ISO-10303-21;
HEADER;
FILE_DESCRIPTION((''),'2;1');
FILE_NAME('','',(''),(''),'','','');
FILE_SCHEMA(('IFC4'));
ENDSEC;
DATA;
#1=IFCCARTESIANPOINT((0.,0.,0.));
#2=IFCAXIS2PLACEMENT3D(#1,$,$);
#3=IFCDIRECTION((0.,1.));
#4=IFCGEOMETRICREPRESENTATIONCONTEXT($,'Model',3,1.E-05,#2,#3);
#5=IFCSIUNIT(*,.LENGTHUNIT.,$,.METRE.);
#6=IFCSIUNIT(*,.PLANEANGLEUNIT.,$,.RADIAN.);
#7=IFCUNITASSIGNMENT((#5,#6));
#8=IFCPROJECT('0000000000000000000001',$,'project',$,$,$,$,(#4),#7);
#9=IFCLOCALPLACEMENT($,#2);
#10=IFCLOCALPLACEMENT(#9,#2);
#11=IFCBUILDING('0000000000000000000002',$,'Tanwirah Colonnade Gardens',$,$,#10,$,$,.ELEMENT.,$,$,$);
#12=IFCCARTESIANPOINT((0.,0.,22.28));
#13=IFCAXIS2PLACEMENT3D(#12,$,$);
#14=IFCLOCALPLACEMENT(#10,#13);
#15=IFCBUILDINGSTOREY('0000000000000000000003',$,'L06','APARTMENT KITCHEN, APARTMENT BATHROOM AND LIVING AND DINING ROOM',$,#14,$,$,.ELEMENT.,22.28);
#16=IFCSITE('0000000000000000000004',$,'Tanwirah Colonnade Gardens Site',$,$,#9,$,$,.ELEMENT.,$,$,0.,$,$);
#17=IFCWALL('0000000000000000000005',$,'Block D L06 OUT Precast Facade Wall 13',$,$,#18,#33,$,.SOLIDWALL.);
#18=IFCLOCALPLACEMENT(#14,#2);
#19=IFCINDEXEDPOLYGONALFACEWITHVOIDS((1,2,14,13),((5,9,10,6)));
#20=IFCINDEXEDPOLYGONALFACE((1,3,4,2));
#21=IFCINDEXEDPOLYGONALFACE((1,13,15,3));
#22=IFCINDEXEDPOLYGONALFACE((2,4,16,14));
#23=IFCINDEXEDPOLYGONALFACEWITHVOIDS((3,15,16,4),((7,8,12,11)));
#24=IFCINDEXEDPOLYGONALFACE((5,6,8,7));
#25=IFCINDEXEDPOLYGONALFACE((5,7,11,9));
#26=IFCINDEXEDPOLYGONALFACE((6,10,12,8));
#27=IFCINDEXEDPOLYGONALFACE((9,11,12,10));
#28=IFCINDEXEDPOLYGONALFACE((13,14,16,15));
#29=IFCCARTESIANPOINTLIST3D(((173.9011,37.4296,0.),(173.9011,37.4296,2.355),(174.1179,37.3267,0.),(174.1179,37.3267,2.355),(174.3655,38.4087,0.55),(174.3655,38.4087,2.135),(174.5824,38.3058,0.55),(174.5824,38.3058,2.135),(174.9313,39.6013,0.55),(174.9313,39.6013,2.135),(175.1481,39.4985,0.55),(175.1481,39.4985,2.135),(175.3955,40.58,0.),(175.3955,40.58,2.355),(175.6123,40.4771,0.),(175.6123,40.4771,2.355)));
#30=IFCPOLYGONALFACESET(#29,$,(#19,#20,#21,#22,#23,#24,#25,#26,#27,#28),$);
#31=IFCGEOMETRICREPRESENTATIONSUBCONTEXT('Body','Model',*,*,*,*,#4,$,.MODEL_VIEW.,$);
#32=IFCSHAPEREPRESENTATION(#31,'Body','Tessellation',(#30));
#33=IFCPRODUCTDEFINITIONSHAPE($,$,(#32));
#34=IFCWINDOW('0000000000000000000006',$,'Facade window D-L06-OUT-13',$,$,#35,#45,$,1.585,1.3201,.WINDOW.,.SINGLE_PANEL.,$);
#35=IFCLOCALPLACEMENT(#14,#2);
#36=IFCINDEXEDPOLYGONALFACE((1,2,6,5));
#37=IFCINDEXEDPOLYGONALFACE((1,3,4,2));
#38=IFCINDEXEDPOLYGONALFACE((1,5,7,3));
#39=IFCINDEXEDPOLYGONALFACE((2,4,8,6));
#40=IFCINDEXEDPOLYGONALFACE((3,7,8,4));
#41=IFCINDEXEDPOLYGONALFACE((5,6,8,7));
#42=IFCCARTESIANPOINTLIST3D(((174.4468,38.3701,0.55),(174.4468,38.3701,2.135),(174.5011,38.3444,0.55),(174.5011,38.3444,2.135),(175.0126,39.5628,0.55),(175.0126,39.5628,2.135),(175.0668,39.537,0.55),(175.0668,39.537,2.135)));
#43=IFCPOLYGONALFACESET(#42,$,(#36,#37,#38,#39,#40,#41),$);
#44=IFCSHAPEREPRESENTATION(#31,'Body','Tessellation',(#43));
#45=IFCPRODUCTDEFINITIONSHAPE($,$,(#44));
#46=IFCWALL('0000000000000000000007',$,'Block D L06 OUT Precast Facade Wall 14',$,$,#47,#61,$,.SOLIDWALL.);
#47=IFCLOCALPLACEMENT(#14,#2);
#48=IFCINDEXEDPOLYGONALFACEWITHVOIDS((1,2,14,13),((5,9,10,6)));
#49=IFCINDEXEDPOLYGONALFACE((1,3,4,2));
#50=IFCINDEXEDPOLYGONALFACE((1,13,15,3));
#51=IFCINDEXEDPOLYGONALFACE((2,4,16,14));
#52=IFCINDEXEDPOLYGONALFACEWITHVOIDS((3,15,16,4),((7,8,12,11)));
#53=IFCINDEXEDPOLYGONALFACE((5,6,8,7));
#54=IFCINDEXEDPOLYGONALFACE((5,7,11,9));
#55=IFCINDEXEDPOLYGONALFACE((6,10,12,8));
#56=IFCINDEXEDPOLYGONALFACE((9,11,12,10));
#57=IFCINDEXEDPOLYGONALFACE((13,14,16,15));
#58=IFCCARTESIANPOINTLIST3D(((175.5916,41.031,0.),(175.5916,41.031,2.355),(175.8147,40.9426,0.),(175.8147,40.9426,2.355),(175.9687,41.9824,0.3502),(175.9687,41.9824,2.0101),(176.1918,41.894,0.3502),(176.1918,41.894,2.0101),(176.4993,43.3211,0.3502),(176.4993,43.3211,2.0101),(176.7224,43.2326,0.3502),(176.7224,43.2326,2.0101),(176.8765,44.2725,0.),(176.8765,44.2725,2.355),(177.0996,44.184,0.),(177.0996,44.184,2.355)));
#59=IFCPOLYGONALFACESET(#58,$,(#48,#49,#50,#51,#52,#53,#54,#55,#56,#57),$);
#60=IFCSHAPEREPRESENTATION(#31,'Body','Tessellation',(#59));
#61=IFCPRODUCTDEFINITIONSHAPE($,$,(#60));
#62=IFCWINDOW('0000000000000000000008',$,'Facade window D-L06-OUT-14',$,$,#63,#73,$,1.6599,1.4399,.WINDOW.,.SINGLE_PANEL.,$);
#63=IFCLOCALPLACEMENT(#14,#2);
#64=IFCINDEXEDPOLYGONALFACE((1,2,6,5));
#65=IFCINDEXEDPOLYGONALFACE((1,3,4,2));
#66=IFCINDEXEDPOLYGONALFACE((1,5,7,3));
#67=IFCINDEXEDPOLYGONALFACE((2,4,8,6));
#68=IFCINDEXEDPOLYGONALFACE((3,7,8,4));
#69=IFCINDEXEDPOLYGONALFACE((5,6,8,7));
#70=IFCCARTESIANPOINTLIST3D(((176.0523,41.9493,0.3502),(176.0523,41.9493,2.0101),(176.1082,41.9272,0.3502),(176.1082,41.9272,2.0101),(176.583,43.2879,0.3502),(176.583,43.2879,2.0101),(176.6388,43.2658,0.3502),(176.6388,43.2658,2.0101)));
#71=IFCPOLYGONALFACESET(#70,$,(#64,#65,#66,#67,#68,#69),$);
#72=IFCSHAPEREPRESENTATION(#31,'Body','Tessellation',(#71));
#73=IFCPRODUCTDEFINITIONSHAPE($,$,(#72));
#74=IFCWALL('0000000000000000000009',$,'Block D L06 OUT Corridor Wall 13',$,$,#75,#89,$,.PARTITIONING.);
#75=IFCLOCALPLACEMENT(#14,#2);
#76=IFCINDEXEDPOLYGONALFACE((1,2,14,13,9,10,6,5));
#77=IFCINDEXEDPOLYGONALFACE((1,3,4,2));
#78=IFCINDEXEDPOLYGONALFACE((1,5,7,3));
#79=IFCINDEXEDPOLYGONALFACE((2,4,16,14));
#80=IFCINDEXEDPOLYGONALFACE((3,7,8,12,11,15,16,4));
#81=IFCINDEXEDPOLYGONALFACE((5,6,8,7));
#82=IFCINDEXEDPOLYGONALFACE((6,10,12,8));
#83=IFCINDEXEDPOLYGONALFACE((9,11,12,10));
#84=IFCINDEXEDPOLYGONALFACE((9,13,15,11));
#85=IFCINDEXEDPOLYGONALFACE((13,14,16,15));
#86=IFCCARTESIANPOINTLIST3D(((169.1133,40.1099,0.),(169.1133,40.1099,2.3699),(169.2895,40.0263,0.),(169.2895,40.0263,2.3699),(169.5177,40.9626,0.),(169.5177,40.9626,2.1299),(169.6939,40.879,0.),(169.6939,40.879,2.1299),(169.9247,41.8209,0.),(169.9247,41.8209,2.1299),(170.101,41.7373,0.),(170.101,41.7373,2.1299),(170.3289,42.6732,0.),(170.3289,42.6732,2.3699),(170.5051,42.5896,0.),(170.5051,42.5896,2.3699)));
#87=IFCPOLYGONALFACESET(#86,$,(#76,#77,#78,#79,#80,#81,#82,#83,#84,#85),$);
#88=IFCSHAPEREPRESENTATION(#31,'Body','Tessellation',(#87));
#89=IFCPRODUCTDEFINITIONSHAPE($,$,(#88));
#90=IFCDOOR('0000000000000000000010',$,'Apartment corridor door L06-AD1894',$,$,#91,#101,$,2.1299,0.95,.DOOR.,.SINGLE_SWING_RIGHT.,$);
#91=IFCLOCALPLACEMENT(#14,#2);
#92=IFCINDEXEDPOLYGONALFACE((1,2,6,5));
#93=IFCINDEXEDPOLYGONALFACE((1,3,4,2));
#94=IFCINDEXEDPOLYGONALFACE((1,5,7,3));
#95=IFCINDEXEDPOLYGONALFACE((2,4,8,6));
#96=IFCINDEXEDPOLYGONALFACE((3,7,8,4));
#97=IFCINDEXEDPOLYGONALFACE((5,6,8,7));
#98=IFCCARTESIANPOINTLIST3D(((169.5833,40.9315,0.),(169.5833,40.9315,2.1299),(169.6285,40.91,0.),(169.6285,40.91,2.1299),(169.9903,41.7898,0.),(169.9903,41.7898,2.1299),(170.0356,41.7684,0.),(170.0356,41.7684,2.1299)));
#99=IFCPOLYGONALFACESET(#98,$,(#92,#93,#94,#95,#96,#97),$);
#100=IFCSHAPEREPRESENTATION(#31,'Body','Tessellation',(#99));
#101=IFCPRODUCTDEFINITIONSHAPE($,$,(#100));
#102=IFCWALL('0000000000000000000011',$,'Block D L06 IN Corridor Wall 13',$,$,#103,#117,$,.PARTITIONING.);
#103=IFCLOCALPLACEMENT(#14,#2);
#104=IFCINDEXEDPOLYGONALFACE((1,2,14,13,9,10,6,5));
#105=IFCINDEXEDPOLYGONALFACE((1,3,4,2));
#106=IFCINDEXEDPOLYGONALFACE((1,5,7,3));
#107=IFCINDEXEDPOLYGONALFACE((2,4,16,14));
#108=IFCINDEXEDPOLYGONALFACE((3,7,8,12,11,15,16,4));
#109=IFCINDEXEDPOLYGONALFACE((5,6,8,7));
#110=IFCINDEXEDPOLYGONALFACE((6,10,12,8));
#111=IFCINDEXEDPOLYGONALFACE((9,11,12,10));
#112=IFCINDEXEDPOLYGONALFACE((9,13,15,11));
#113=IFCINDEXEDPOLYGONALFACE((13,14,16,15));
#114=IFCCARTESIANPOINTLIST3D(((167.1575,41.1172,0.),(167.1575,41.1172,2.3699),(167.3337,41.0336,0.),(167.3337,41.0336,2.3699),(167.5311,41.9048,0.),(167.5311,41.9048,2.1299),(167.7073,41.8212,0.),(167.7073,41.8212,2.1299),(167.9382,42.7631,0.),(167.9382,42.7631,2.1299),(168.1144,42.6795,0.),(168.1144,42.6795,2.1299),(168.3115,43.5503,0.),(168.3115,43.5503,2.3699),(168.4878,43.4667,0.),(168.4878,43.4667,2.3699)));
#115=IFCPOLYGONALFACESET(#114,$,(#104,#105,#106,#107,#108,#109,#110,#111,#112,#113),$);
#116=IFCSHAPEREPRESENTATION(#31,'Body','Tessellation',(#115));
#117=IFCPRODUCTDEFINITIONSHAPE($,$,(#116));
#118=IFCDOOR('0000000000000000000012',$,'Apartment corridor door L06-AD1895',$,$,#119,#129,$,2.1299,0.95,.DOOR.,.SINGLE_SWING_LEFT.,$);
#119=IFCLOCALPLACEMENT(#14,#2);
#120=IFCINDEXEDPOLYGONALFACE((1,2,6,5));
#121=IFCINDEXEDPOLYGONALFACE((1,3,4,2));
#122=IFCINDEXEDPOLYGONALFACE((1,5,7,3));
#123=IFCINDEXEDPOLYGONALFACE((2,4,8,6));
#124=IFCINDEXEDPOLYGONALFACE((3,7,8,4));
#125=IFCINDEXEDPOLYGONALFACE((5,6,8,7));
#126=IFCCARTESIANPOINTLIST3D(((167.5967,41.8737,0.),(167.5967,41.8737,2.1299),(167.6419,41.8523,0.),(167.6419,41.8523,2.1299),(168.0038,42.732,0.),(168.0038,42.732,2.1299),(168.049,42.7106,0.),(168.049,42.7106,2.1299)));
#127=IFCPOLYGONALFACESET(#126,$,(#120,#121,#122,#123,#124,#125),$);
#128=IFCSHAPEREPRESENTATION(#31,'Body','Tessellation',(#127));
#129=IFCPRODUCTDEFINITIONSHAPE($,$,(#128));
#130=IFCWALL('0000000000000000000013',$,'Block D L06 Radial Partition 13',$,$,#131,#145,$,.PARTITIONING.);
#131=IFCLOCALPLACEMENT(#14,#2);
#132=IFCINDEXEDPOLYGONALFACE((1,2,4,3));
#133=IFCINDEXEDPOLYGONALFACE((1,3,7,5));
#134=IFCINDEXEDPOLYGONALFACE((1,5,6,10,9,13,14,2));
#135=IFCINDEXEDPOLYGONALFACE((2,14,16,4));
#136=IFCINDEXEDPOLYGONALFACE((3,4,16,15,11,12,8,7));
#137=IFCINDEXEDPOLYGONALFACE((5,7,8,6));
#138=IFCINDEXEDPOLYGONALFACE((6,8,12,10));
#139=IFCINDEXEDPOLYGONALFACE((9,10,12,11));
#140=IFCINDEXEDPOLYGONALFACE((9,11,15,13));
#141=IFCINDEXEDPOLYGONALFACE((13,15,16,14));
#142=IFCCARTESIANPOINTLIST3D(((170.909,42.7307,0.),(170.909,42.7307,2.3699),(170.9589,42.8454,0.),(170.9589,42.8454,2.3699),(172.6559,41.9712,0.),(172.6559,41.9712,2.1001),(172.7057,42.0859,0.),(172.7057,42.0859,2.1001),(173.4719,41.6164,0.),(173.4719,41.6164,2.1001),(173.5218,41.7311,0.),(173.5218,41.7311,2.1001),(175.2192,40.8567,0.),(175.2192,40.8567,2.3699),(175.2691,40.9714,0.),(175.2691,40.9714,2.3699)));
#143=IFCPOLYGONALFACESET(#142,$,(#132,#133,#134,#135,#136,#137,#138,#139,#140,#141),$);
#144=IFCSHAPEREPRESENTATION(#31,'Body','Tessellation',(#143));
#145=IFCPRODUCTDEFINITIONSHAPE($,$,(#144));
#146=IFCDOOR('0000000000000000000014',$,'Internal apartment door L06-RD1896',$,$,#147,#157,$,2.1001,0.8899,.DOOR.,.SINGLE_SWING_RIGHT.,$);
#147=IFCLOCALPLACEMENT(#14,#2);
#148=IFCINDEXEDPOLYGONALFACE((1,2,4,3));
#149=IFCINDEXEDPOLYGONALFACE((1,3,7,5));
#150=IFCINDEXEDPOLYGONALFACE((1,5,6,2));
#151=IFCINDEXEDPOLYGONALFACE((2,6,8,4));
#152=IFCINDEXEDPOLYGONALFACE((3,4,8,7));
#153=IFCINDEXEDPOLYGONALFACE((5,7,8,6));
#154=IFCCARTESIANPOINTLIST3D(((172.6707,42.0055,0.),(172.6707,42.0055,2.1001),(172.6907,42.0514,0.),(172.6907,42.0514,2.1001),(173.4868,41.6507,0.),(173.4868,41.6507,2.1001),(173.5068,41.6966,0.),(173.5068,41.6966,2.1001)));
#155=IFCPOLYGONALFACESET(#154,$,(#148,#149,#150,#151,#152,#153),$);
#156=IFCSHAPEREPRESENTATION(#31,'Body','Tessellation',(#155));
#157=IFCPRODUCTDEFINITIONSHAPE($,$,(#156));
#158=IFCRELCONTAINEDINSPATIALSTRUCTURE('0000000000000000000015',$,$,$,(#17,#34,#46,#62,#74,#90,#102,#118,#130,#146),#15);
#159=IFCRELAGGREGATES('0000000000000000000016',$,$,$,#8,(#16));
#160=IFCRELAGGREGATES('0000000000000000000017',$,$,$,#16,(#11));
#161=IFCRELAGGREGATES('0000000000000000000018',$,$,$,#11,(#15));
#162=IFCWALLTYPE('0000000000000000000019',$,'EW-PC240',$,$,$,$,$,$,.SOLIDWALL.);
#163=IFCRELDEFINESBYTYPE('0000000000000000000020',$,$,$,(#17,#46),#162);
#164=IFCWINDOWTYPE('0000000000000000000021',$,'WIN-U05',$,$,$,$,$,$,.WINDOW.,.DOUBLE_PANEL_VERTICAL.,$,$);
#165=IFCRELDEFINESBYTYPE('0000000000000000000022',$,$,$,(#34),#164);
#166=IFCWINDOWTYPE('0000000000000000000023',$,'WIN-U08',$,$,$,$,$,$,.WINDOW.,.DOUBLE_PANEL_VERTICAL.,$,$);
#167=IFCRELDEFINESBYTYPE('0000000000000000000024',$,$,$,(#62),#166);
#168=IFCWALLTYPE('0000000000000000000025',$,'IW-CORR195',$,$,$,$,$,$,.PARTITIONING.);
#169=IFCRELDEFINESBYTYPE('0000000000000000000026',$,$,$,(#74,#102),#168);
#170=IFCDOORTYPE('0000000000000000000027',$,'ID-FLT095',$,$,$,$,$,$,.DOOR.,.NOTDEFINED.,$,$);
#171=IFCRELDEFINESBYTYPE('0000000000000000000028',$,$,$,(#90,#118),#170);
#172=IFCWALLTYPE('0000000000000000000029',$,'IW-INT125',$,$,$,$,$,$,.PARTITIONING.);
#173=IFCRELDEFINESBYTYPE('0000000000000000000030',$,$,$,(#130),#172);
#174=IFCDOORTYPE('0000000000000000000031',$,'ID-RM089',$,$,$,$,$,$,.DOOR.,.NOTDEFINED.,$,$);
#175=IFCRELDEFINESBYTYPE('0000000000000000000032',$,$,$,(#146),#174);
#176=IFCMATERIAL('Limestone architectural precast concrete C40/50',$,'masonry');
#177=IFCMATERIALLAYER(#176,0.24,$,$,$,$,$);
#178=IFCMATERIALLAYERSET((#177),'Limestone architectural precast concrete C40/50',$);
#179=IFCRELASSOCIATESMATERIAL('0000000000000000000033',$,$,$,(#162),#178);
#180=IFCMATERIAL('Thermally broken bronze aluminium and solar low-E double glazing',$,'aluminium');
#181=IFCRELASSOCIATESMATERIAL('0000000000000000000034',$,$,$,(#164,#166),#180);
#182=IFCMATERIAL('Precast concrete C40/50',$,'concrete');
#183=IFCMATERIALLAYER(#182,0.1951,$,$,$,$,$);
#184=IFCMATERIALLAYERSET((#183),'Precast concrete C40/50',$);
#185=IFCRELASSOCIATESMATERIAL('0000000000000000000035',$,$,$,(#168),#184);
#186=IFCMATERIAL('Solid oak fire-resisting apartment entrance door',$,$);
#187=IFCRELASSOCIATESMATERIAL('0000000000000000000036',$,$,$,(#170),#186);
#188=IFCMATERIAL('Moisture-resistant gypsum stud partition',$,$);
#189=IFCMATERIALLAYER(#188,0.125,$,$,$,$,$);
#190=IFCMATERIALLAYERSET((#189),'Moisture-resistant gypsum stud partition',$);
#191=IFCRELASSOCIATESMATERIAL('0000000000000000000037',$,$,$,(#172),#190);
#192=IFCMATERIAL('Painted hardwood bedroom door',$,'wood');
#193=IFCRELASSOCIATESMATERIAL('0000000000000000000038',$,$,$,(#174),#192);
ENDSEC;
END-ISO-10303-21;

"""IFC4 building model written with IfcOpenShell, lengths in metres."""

from ifc_helpers import new_model, si_unit, direction, frame, frame_2d, origin, place, context, subcontext, project, spatial, rectangle, extrude, material, layer, layer_set, type_object, element, fill, save


model = new_model("IFC4")

# Units and contexts
model_context = context("Model", 3, precision=1e-05, world=origin(), true_north=direction((0.0, 1.0)))
body_context = subcontext(model_context, "Body", "Model", "MODEL_VIEW")
ifc_project = project(units=[si_unit("LENGTHUNIT", "METRE"), si_unit("PLANEANGLEUNIT", "RADIAN")], contexts=[model_context])

# Site, building, storey
site_placement = place(None, origin())
site = spatial("IfcSite", under=ifc_project, at=site_placement, Name="Tanwirah Colonnade Gardens Site", CompositionType="ELEMENT", RefElevation=0.0)
building_placement = place(site_placement, origin())
building = spatial("IfcBuilding", under=site, at=building_placement, Name="Tanwirah Colonnade Gardens", CompositionType="ELEMENT")
storey_placement = place(building_placement, frame((0.0, 0.0, 22.28)))
storey = spatial("IfcBuildingStorey", under=building, at=storey_placement, Name="L06", Description="APARTMENT KITCHEN, APARTMENT BATHROOM AND LIVING AND DINING ROOM", CompositionType="ELEMENT", Elevation=22.28)

# Shared definitions
ifc_material_1 = material(Name="Precast concrete C40/50", Category="concrete")

# Walls, openings, windows
ifc_material_2 = material(Name="Limestone architectural precast concrete C40/50", Category="masonry")
ifc_layer_1 = layer(ifc_material_2, 0.24)
ifc_layer_set_1 = layer_set([ifc_layer_1], Name="Limestone architectural precast concrete C40/50")
wall_type_1 = type_object("IfcWallType", Name="EW-PC240", PredefinedType="SOLIDWALL", material=ifc_layer_set_1)
wall_1_placement = place(storey_placement, frame((174.0095, 37.3782, 0.0), z_axis=(0.0, 0.0, 1.0), x_axis=(0.428577, 0.903505, 0.0)))
wall_1 = element("IfcWall", 1, at=wall_1_placement, inside=storey, type_object=wall_type_1, Name="Block D L06 OUT Precast Facade Wall 13", PredefinedType="SOLIDWALL", context=body_context, shape_type="SweptSolid", body=[
    extrude(rectangle(XDim=3.4868, YDim=0.24, at=frame_2d((1.7434, 0.0))), origin(), (0.0, 0.0, 1.0), 2.355),
])
opening_1_placement = place(wall_1_placement, frame((1.0835, 0.0, 0.55)))
opening_1 = element("IfcOpeningElement", 2, at=opening_1_placement, cuts=wall_1, PredefinedType="OPENING", context=body_context, shape_type="SweptSolid", body=[
    extrude(rectangle(XDim=1.3201, YDim=1.585, at=frame_2d((0.6602, 0.7925))), frame((0.0, 0.1299, 0.0), z_axis=(0.0, -1.0, 0.0), x_axis=(1.0, 0.0, 0.0)), (0.0, 0.0, 1.0), 0.26),
])
ifc_material_3 = material(Name="Thermally broken bronze aluminium and solar low-E double glazing", Category="aluminium")
window_type_1 = type_object("IfcWindowType", Name="WIN-U05", PartitioningType="DOUBLE_PANEL_VERTICAL", PredefinedType="WINDOW", material=ifc_material_3)
window_1_placement = place(opening_1_placement, origin())
window_1 = element("IfcWindow", 3, at=window_1_placement, inside=storey, type_object=window_type_1, Name="Facade window D-L06-OUT-13", OverallHeight=1.585, OverallWidth=1.3201, PartitioningType="SINGLE_PANEL", PredefinedType="WINDOW", context=body_context, shape_type="SweptSolid", body=[
    extrude(rectangle(XDim=1.3201, YDim=1.585, at=frame_2d((0.6602, 0.7925))), frame((0.0, 0.03, 0.0), z_axis=(0.0, -1.0, 0.0), x_axis=(1.0, 0.0, 0.0)), (0.0, 0.0, 1.0), 0.0601),
])
fill(opening_1, window_1)
wall_2_placement = place(storey_placement, frame((175.7031, 40.9868, 0.0), z_axis=(0.0, 0.0, 1.0), x_axis=(0.368504, 0.929626, 0.0)))
wall_2 = element("IfcWall", 4, at=wall_2_placement, inside=storey, type_object=wall_type_1, Name="Block D L06 OUT Precast Facade Wall 14", PredefinedType="SOLIDWALL", context=body_context, shape_type="SweptSolid", body=[
    extrude(rectangle(XDim=3.4868, YDim=0.24, at=frame_2d((1.7434, 0.0))), origin(), (0.0, 0.0, 1.0), 2.355),
])
opening_2_placement = place(wall_2_placement, frame((1.0234, 0.0, 0.3501)))
opening_2 = element("IfcOpeningElement", 5, at=opening_2_placement, cuts=wall_2, PredefinedType="OPENING", context=body_context, shape_type="SweptSolid", body=[
    extrude(rectangle(XDim=1.4399, YDim=1.6599, at=frame_2d((0.72, 0.8301))), frame((0.0, 0.1299, 0.0), z_axis=(0.0, -1.0, 0.0), x_axis=(1.0, 0.0, 0.0)), (0.0, 0.0, 1.0), 0.26),
])
window_type_2 = type_object("IfcWindowType", Name="WIN-U08", PartitioningType="DOUBLE_PANEL_VERTICAL", PredefinedType="WINDOW", material=ifc_material_3)
window_2_placement = place(opening_2_placement, origin())
window_2 = element("IfcWindow", 6, at=window_2_placement, inside=storey, type_object=window_type_2, Name="Facade window D-L06-OUT-14", OverallHeight=1.6599, OverallWidth=1.4399, PartitioningType="SINGLE_PANEL", PredefinedType="WINDOW", context=body_context, shape_type="SweptSolid", body=[
    extrude(rectangle(XDim=1.4399, YDim=1.6599, at=frame_2d((0.72, 0.8301))), frame((0.0, 0.03, 0.0), z_axis=(0.0, -1.0, 0.0), x_axis=(1.0, 0.0, 0.0)), (0.0, 0.0, 1.0), 0.0601),
])
fill(opening_2, window_2)

# Walls, openings, doors
ifc_layer_2 = layer(ifc_material_1, 0.1951)
ifc_layer_set_2 = layer_set([ifc_layer_2], Name="Precast concrete C40/50")
wall_type_2 = type_object("IfcWallType", Name="IW-CORR195", PredefinedType="PARTITIONING", material=ifc_layer_set_2)
ifc_material_4 = material(Name="Solid oak fire-resisting apartment entrance door")
wall_3_placement = place(storey_placement, frame((169.2014, 40.0681, 0.0), z_axis=(0.0, 0.0, 1.0), x_axis=(0.428493, 0.903545, 0.0)))
wall_3 = element("IfcWall", 7, at=wall_3_placement, inside=storey, type_object=wall_type_2, Name="Block D L06 OUT Corridor Wall 13", PredefinedType="PARTITIONING", context=body_context, shape_type="SweptSolid", body=[
    extrude(rectangle(XDim=2.8369, YDim=0.1951, at=frame_2d((1.4185, 0.0))), origin(), (0.0, 0.0, 1.0), 2.3699),
])
opening_3_placement = place(wall_3_placement, frame((0.9436, 0.0, 0.0)))
opening_3 = element("IfcOpeningElement", 8, at=opening_3_placement, cuts=wall_3, PredefinedType="OPENING", context=body_context, shape_type="SweptSolid", body=[
    extrude(rectangle(XDim=0.95, YDim=2.1299, at=frame_2d((0.4751, 1.0649))), frame((0.0, 0.1074, 0.0), z_axis=(0.0, -1.0, 0.0), x_axis=(1.0, 0.0, 0.0)), (0.0, 0.0, 1.0), 0.2151),
])
door_type_1 = type_object("IfcDoorType", Name="ID-FLT095", OperationType="NOTDEFINED", PredefinedType="DOOR", material=ifc_material_4)
door_1_placement = place(opening_3_placement, origin())
door_1 = element("IfcDoor", 9, at=door_1_placement, inside=storey, type_object=door_type_1, Name="Apartment corridor door L06-AD1894", OperationType="SINGLE_SWING_RIGHT", OverallHeight=2.1299, OverallWidth=0.95, PredefinedType="DOOR", context=body_context, shape_type="SweptSolid", body=[
    extrude(rectangle(XDim=0.95, YDim=2.1299, at=frame_2d((0.4751, 1.0649))), frame((0.0, 0.0249, 0.0), z_axis=(0.0, -1.0, 0.0), x_axis=(1.0, 0.0, 0.0)), (0.0, 0.0, 1.0), 0.05),
])
fill(opening_3, door_1)
wall_4_placement = place(storey_placement, frame((167.2456, 41.0754, 0.0), z_axis=(0.0, 0.0, 1.0), x_axis=(0.42855, 0.903518, 0.0)))
wall_4 = element("IfcWall", 10, at=wall_4_placement, inside=storey, type_object=wall_type_2, Name="Block D L06 IN Corridor Wall 13", PredefinedType="PARTITIONING", context=body_context, shape_type="SweptSolid", body=[
    extrude(rectangle(XDim=2.6929, YDim=0.1951, at=frame_2d((1.3464, 0.0))), origin(), (0.0, 0.0, 1.0), 2.3699),
])
opening_4_placement = place(wall_4_placement, frame((0.8716, 0.0, 0.0)))
opening_4 = element("IfcOpeningElement", 11, at=opening_4_placement, cuts=wall_4, PredefinedType="OPENING", context=body_context, shape_type="SweptSolid", body=[
    extrude(rectangle(XDim=0.95, YDim=2.1299, at=frame_2d((0.4751, 1.0649))), frame((0.0, 0.1074, 0.0), z_axis=(0.0, -1.0, 0.0), x_axis=(1.0, 0.0, 0.0)), (0.0, 0.0, 1.0), 0.2151),
])
door_2_placement = place(opening_4_placement, origin())
door_2 = element("IfcDoor", 12, at=door_2_placement, inside=storey, type_object=door_type_1, Name="Apartment corridor door L06-AD1895", OperationType="SINGLE_SWING_LEFT", OverallHeight=2.1299, OverallWidth=0.95, PredefinedType="DOOR", context=body_context, shape_type="SweptSolid", body=[
    extrude(rectangle(XDim=0.95, YDim=2.1299, at=frame_2d((0.4751, 1.0649))), frame((0.0, 0.0249, 0.0), z_axis=(0.0, -1.0, 0.0), x_axis=(1.0, 0.0, 0.0)), (0.0, 0.0, 1.0), 0.05),
])
fill(opening_4, door_2)
ifc_material_5 = material(Name="Moisture-resistant gypsum stud partition")
ifc_layer_3 = layer(ifc_material_5, 0.125)
ifc_layer_set_3 = layer_set([ifc_layer_3], Name="Moisture-resistant gypsum stud partition")
wall_type_3 = type_object("IfcWallType", Name="IW-INT125", PredefinedType="PARTITIONING", material=ifc_layer_set_3)
wall_5_placement = place(storey_placement, frame((170.9338, 42.7881, 0.0), z_axis=(0.0, 0.0, 1.0), x_axis=(0.917072, -0.398722, 0.0)))
wall_5 = element("IfcWall", 13, at=wall_5_placement, inside=storey, type_object=wall_type_3, Name="Block D L06 Radial Partition 13", PredefinedType="PARTITIONING", context=body_context, shape_type="SweptSolid", body=[
    extrude(rectangle(XDim=4.7, YDim=0.125, at=frame_2d((2.3501, 0.0))), origin(), (0.0, 0.0, 1.0), 2.3699),
])
opening_5_placement = place(wall_5_placement, frame((1.905, 0.0, 0.0)))
opening_5 = element("IfcOpeningElement", 14, at=opening_5_placement, cuts=wall_5, PredefinedType="OPENING", context=body_context, shape_type="SweptSolid", body=[
    extrude(rectangle(XDim=0.8899, YDim=2.1001, at=frame_2d((0.4448, 1.05))), frame((0.0, 0.0725, 0.0), z_axis=(0.0, -1.0, 0.0), x_axis=(1.0, 0.0, 0.0)), (0.0, 0.0, 1.0), 0.145),
])
ifc_material_6 = material(Name="Painted hardwood bedroom door", Category="wood")
door_type_2 = type_object("IfcDoorType", Name="ID-RM089", OperationType="NOTDEFINED", PredefinedType="DOOR", material=ifc_material_6)
door_3_placement = place(opening_5_placement, origin())
door_3 = element("IfcDoor", 15, at=door_3_placement, inside=storey, type_object=door_type_2, Name="Internal apartment door L06-RD1896", OperationType="SINGLE_SWING_RIGHT", OverallHeight=2.1001, OverallWidth=0.8899, PredefinedType="DOOR", context=body_context, shape_type="SweptSolid", body=[
    extrude(rectangle(XDim=0.8899, YDim=2.1001, at=frame_2d((0.4448, 1.05))), frame((0.0, 0.0249, 0.0), z_axis=(0.0, -1.0, 0.0), x_axis=(1.0, 0.0, 0.0)), (0.0, 0.0, 1.0), 0.05),
])
fill(opening_5, door_3)

save(model, "model.ifc")
